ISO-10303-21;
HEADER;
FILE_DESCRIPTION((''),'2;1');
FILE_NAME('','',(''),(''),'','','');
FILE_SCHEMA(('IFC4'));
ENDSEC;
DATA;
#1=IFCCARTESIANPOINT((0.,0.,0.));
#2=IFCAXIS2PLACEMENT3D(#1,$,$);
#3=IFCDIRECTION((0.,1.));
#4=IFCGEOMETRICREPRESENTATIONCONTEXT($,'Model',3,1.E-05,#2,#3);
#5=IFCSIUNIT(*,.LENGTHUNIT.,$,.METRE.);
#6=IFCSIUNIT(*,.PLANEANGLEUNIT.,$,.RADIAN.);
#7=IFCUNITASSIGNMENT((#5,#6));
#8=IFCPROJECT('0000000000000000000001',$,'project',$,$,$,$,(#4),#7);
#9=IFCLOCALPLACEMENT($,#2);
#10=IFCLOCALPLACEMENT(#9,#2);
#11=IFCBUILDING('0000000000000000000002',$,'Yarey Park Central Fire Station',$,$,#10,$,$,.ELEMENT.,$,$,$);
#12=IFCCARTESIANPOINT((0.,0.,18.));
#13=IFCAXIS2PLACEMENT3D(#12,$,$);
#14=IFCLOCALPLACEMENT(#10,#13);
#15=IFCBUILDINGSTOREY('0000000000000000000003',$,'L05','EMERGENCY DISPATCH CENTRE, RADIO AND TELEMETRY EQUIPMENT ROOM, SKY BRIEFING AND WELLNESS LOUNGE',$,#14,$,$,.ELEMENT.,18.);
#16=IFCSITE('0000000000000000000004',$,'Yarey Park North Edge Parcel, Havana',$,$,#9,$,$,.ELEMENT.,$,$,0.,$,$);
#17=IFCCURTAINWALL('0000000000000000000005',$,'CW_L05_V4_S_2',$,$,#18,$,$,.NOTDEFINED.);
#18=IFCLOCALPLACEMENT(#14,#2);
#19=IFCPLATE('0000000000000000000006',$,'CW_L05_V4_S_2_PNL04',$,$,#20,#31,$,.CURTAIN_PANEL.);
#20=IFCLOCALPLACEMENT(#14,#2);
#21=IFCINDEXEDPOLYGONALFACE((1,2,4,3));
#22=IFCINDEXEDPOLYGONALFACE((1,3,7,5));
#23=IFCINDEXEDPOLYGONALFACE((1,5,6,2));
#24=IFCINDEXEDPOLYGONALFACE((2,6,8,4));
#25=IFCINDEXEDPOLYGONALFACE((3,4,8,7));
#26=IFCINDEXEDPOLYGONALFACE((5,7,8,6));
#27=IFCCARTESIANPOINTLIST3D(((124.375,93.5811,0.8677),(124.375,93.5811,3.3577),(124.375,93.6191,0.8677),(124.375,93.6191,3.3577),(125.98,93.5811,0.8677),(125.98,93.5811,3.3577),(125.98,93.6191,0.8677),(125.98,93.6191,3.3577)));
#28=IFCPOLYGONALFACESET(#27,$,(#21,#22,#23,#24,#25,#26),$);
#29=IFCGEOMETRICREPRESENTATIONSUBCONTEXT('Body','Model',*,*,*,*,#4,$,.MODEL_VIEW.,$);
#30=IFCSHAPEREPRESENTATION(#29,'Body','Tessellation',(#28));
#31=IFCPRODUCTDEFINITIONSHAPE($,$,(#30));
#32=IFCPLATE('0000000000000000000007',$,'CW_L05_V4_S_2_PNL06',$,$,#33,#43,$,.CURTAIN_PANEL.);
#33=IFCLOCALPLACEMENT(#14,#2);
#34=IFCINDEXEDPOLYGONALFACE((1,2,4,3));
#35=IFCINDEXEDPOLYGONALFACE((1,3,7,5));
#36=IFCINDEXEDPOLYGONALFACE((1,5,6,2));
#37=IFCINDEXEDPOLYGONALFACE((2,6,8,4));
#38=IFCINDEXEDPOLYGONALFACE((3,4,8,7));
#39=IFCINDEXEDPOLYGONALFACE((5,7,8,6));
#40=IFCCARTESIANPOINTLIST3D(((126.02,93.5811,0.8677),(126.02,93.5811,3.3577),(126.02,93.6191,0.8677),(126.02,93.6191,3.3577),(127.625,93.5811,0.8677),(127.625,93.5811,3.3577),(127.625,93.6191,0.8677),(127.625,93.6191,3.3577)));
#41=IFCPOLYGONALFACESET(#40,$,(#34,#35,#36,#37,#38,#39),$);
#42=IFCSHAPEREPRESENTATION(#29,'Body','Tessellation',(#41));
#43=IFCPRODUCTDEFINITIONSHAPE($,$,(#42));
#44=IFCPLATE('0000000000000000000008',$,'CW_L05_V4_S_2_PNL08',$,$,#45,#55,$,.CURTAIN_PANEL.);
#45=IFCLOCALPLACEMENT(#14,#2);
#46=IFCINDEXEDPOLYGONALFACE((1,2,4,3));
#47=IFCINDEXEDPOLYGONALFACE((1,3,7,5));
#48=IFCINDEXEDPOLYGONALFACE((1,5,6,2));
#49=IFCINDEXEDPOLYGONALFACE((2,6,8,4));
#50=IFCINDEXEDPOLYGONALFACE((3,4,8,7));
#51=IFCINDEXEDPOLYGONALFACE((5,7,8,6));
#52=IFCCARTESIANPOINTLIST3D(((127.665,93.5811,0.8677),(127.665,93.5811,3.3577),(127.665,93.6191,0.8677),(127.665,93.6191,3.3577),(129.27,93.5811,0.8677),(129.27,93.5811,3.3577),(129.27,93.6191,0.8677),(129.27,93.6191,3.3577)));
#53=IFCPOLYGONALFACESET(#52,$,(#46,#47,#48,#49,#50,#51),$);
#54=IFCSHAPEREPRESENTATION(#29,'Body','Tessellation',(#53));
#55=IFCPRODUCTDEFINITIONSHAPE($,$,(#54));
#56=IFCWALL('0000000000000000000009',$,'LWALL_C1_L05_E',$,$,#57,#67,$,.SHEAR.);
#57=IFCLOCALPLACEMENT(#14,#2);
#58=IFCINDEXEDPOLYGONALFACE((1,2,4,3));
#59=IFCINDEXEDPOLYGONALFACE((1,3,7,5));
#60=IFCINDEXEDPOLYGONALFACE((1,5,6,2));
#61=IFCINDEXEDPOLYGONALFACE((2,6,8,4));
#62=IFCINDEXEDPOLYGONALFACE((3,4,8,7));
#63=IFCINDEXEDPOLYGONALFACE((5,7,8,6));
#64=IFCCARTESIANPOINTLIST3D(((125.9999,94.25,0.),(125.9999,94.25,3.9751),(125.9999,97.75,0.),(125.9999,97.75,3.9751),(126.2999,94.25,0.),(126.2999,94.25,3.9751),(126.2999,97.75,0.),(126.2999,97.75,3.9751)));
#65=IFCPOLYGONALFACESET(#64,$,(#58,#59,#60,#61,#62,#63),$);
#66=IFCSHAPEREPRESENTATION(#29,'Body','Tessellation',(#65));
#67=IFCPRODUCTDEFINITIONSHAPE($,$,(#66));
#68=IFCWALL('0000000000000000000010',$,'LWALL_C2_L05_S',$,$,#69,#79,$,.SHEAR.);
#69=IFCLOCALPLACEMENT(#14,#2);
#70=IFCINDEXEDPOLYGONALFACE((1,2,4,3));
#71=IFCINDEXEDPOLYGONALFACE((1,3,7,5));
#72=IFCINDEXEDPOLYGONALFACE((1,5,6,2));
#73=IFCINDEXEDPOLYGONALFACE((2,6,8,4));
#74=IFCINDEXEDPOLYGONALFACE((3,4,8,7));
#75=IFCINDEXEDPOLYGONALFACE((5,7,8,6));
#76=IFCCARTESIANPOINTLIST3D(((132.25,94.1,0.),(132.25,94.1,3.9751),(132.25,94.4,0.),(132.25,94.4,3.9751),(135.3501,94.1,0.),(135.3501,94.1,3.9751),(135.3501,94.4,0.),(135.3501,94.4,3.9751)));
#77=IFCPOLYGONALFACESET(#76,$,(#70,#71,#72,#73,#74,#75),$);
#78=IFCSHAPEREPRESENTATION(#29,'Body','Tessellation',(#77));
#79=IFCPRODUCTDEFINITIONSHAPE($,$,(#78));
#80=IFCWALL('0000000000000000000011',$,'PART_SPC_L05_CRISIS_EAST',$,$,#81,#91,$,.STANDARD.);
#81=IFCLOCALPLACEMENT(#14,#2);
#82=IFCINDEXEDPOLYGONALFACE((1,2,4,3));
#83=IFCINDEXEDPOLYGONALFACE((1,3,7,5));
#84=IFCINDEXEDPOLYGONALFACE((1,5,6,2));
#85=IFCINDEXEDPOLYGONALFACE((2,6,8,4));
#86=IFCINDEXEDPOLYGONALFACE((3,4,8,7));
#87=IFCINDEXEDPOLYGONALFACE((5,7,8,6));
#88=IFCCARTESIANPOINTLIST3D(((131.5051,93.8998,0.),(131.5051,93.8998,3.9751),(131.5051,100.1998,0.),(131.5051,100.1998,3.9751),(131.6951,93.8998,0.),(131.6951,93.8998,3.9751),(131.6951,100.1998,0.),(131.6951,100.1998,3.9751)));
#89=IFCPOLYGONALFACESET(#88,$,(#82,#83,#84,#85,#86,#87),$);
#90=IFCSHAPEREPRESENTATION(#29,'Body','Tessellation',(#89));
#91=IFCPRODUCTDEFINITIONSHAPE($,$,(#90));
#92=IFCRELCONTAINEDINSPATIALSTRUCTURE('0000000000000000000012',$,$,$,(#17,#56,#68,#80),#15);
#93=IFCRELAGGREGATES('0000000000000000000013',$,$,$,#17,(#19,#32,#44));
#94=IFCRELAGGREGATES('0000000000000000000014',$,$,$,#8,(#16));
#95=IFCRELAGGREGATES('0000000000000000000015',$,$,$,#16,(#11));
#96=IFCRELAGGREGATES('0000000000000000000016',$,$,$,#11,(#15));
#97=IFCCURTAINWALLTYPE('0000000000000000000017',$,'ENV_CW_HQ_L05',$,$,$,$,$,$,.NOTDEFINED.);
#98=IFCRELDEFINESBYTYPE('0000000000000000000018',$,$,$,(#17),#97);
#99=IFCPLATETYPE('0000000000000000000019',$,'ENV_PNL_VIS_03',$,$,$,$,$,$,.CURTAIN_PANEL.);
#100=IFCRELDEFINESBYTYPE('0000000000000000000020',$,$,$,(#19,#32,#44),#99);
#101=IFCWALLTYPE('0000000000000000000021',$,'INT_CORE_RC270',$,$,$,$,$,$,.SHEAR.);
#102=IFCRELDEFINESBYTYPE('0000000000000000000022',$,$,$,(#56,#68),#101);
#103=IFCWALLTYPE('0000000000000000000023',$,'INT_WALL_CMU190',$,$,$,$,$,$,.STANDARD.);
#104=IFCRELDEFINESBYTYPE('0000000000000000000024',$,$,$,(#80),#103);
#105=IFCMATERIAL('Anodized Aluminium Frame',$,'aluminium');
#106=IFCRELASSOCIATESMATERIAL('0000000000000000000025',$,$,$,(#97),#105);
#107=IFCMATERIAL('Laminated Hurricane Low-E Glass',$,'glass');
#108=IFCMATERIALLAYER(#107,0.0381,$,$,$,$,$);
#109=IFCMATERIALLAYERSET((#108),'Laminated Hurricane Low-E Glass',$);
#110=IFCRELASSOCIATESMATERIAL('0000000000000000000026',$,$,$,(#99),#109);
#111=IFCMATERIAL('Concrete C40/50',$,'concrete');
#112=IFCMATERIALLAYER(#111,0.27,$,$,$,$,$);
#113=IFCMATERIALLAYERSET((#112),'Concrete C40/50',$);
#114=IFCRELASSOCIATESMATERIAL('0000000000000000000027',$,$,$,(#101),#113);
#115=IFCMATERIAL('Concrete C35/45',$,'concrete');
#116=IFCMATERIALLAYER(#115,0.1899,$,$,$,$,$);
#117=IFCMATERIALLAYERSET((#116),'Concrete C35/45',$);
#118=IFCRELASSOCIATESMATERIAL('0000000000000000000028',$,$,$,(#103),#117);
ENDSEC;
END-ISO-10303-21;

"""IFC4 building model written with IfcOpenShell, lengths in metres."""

from ifc_helpers import new_model, si_unit, direction, frame, frame_2d, origin, origin_2d, place, context, subcontext, project, spatial, rectangle, extrude, material, layer, layer_set, type_object, element, aggregate, save


model = new_model("IFC4")

# Units and contexts
model_context = context("Model", 3, precision=1e-05, world=origin(), true_north=direction((0.0, 1.0)))
body_context = subcontext(model_context, "Body", "Model", "MODEL_VIEW")
ifc_project = project(units=[si_unit("LENGTHUNIT", "METRE"), si_unit("PLANEANGLEUNIT", "RADIAN")], contexts=[model_context])

# Site, building, storey
site_placement = place(None, origin())
site = spatial("IfcSite", under=ifc_project, at=site_placement, Name="Yarey Park North Edge Parcel, Havana", CompositionType="ELEMENT", RefElevation=0.0)
building_placement = place(site_placement, origin())
building = spatial("IfcBuilding", under=site, at=building_placement, Name="Yarey Park Central Fire Station", CompositionType="ELEMENT")
storey_placement = place(building_placement, frame((0.0, 0.0, 18.0)))
storey = spatial("IfcBuildingStorey", under=building, at=storey_placement, Name="L05", Description="EMERGENCY DISPATCH CENTRE, RADIO AND TELEMETRY EQUIPMENT ROOM, SKY BRIEFING AND WELLNESS LOUNGE", CompositionType="ELEMENT", Elevation=18.0)

# Shared definitions
ifc_material_1 = material(Name="Concrete C40/50", Category="concrete")

# Curtain wall
ifc_material_2 = material(Name="Anodized Aluminium Frame", Category="aluminium")
curtain_wall_type = type_object("IfcCurtainWallType", Name="ENV_CW_HQ_L05", PredefinedType="NOTDEFINED", material=ifc_material_2)
curtain_wall_1_placement = place(storey_placement, origin())
curtain_wall_1 = element("IfcCurtainWall", 1, at=curtain_wall_1_placement, inside=storey, type_object=curtain_wall_type, Name="CW_L05_V4_S_2", PredefinedType="NOTDEFINED")

# Plates
ifc_material_3 = material(Name="Laminated Hurricane Low-E Glass", Category="glass")
ifc_layer_1 = layer(ifc_material_3, 0.0381)
ifc_layer_set_1 = layer_set([ifc_layer_1], Name="Laminated Hurricane Low-E Glass")
plate_type_1 = type_object("IfcPlateType", Name="ENV_PNL_VIS_03", PredefinedType="CURTAIN_PANEL", material=ifc_layer_set_1)
plate_1_placement = place(storey_placement, frame((125.1775, 93.6001, 0.8677), z_axis=(0.0, 0.0, 1.0), x_axis=(1.0, 0.0, 0.0)))
plate_1 = element("IfcPlate", 2, at=plate_1_placement, type_object=plate_type_1, Name="CW_L05_V4_S_2_PNL04", PredefinedType="CURTAIN_PANEL", context=body_context, shape_type="SweptSolid", body=[
    extrude(rectangle(XDim=1.605, YDim=0.0381, at=origin_2d()), origin(), (0.0, 0.0, 1.0), 2.49),
])
plate_2_placement = place(storey_placement, frame((126.8225, 93.6001, 0.8677), z_axis=(0.0, 0.0, 1.0), x_axis=(1.0, 0.0, 0.0)))
plate_2 = element("IfcPlate", 3, at=plate_2_placement, type_object=plate_type_1, Name="CW_L05_V4_S_2_PNL06", PredefinedType="CURTAIN_PANEL", context=body_context, shape_type="SweptSolid", body=[
    extrude(rectangle(XDim=1.605, YDim=0.0381, at=origin_2d()), origin(), (0.0, 0.0, 1.0), 2.49),
])
plate_3_placement = place(storey_placement, frame((128.4675, 93.6001, 0.8677), z_axis=(0.0, 0.0, 1.0), x_axis=(1.0, 0.0, 0.0)))
plate_3 = element("IfcPlate", 4, at=plate_3_placement, type_object=plate_type_1, Name="CW_L05_V4_S_2_PNL08", PredefinedType="CURTAIN_PANEL", context=body_context, shape_type="SweptSolid", body=[
    extrude(rectangle(XDim=1.605, YDim=0.0381, at=origin_2d()), origin(), (0.0, 0.0, 1.0), 2.49),
])
aggregate(curtain_wall_1, [plate_1, plate_2, plate_3])

# Walls
ifc_layer_2 = layer(ifc_material_1, 0.27)
ifc_layer_set_2 = layer_set([ifc_layer_2], Name="Concrete C40/50")
wall_type_1 = type_object("IfcWallType", Name="INT_CORE_RC270", PredefinedType="SHEAR", material=ifc_layer_set_2)
wall_1_placement = place(storey_placement, frame((126.1499, 94.25, 0.0), z_axis=(0.0, 0.0, 1.0), x_axis=(0.0, 1.0, 0.0)))
element("IfcWall", 5, at=wall_1_placement, inside=storey, type_object=wall_type_1, Name="LWALL_C1_L05_E", PredefinedType="SHEAR", context=body_context, shape_type="SweptSolid", body=[
    extrude(rectangle(XDim=3.5, YDim=0.3, at=frame_2d((1.75, 0.0))), origin(), (0.0, 0.0, 1.0), 3.9751),
])
wall_2_placement = place(storey_placement, frame((132.25, 94.25, 0.0), z_axis=(0.0, 0.0, 1.0), x_axis=(1.0, 0.0, 0.0)))
element("IfcWall", 6, at=wall_2_placement, inside=storey, type_object=wall_type_1, Name="LWALL_C2_L05_S", PredefinedType="SHEAR", context=body_context, shape_type="SweptSolid", body=[
    extrude(rectangle(XDim=3.1001, YDim=0.3, at=frame_2d((1.55, 0.0))), origin(), (0.0, 0.0, 1.0), 3.9751),
])
ifc_material_4 = material(Name="Concrete C35/45", Category="concrete")
ifc_layer_3 = layer(ifc_material_4, 0.1899)
ifc_layer_set_3 = layer_set([ifc_layer_3], Name="Concrete C35/45")
wall_type_2 = type_object("IfcWallType", Name="INT_WALL_CMU190", PredefinedType="STANDARD", material=ifc_layer_set_3)
wall_3_placement = place(storey_placement, frame((131.6001, 93.8999, 0.0), z_axis=(0.0, 0.0, 1.0), x_axis=(0.0, 1.0, 0.0)))
element("IfcWall", 7, at=wall_3_placement, inside=storey, type_object=wall_type_2, Name="PART_SPC_L05_CRISIS_EAST", PredefinedType="STANDARD", context=body_context, shape_type="SweptSolid", body=[
    extrude(rectangle(XDim=6.3, YDim=0.1899, at=frame_2d((3.1499, 0.0))), origin(), (0.0, 0.0, 1.0), 3.9751),
])

save(model, "model.ifc")
